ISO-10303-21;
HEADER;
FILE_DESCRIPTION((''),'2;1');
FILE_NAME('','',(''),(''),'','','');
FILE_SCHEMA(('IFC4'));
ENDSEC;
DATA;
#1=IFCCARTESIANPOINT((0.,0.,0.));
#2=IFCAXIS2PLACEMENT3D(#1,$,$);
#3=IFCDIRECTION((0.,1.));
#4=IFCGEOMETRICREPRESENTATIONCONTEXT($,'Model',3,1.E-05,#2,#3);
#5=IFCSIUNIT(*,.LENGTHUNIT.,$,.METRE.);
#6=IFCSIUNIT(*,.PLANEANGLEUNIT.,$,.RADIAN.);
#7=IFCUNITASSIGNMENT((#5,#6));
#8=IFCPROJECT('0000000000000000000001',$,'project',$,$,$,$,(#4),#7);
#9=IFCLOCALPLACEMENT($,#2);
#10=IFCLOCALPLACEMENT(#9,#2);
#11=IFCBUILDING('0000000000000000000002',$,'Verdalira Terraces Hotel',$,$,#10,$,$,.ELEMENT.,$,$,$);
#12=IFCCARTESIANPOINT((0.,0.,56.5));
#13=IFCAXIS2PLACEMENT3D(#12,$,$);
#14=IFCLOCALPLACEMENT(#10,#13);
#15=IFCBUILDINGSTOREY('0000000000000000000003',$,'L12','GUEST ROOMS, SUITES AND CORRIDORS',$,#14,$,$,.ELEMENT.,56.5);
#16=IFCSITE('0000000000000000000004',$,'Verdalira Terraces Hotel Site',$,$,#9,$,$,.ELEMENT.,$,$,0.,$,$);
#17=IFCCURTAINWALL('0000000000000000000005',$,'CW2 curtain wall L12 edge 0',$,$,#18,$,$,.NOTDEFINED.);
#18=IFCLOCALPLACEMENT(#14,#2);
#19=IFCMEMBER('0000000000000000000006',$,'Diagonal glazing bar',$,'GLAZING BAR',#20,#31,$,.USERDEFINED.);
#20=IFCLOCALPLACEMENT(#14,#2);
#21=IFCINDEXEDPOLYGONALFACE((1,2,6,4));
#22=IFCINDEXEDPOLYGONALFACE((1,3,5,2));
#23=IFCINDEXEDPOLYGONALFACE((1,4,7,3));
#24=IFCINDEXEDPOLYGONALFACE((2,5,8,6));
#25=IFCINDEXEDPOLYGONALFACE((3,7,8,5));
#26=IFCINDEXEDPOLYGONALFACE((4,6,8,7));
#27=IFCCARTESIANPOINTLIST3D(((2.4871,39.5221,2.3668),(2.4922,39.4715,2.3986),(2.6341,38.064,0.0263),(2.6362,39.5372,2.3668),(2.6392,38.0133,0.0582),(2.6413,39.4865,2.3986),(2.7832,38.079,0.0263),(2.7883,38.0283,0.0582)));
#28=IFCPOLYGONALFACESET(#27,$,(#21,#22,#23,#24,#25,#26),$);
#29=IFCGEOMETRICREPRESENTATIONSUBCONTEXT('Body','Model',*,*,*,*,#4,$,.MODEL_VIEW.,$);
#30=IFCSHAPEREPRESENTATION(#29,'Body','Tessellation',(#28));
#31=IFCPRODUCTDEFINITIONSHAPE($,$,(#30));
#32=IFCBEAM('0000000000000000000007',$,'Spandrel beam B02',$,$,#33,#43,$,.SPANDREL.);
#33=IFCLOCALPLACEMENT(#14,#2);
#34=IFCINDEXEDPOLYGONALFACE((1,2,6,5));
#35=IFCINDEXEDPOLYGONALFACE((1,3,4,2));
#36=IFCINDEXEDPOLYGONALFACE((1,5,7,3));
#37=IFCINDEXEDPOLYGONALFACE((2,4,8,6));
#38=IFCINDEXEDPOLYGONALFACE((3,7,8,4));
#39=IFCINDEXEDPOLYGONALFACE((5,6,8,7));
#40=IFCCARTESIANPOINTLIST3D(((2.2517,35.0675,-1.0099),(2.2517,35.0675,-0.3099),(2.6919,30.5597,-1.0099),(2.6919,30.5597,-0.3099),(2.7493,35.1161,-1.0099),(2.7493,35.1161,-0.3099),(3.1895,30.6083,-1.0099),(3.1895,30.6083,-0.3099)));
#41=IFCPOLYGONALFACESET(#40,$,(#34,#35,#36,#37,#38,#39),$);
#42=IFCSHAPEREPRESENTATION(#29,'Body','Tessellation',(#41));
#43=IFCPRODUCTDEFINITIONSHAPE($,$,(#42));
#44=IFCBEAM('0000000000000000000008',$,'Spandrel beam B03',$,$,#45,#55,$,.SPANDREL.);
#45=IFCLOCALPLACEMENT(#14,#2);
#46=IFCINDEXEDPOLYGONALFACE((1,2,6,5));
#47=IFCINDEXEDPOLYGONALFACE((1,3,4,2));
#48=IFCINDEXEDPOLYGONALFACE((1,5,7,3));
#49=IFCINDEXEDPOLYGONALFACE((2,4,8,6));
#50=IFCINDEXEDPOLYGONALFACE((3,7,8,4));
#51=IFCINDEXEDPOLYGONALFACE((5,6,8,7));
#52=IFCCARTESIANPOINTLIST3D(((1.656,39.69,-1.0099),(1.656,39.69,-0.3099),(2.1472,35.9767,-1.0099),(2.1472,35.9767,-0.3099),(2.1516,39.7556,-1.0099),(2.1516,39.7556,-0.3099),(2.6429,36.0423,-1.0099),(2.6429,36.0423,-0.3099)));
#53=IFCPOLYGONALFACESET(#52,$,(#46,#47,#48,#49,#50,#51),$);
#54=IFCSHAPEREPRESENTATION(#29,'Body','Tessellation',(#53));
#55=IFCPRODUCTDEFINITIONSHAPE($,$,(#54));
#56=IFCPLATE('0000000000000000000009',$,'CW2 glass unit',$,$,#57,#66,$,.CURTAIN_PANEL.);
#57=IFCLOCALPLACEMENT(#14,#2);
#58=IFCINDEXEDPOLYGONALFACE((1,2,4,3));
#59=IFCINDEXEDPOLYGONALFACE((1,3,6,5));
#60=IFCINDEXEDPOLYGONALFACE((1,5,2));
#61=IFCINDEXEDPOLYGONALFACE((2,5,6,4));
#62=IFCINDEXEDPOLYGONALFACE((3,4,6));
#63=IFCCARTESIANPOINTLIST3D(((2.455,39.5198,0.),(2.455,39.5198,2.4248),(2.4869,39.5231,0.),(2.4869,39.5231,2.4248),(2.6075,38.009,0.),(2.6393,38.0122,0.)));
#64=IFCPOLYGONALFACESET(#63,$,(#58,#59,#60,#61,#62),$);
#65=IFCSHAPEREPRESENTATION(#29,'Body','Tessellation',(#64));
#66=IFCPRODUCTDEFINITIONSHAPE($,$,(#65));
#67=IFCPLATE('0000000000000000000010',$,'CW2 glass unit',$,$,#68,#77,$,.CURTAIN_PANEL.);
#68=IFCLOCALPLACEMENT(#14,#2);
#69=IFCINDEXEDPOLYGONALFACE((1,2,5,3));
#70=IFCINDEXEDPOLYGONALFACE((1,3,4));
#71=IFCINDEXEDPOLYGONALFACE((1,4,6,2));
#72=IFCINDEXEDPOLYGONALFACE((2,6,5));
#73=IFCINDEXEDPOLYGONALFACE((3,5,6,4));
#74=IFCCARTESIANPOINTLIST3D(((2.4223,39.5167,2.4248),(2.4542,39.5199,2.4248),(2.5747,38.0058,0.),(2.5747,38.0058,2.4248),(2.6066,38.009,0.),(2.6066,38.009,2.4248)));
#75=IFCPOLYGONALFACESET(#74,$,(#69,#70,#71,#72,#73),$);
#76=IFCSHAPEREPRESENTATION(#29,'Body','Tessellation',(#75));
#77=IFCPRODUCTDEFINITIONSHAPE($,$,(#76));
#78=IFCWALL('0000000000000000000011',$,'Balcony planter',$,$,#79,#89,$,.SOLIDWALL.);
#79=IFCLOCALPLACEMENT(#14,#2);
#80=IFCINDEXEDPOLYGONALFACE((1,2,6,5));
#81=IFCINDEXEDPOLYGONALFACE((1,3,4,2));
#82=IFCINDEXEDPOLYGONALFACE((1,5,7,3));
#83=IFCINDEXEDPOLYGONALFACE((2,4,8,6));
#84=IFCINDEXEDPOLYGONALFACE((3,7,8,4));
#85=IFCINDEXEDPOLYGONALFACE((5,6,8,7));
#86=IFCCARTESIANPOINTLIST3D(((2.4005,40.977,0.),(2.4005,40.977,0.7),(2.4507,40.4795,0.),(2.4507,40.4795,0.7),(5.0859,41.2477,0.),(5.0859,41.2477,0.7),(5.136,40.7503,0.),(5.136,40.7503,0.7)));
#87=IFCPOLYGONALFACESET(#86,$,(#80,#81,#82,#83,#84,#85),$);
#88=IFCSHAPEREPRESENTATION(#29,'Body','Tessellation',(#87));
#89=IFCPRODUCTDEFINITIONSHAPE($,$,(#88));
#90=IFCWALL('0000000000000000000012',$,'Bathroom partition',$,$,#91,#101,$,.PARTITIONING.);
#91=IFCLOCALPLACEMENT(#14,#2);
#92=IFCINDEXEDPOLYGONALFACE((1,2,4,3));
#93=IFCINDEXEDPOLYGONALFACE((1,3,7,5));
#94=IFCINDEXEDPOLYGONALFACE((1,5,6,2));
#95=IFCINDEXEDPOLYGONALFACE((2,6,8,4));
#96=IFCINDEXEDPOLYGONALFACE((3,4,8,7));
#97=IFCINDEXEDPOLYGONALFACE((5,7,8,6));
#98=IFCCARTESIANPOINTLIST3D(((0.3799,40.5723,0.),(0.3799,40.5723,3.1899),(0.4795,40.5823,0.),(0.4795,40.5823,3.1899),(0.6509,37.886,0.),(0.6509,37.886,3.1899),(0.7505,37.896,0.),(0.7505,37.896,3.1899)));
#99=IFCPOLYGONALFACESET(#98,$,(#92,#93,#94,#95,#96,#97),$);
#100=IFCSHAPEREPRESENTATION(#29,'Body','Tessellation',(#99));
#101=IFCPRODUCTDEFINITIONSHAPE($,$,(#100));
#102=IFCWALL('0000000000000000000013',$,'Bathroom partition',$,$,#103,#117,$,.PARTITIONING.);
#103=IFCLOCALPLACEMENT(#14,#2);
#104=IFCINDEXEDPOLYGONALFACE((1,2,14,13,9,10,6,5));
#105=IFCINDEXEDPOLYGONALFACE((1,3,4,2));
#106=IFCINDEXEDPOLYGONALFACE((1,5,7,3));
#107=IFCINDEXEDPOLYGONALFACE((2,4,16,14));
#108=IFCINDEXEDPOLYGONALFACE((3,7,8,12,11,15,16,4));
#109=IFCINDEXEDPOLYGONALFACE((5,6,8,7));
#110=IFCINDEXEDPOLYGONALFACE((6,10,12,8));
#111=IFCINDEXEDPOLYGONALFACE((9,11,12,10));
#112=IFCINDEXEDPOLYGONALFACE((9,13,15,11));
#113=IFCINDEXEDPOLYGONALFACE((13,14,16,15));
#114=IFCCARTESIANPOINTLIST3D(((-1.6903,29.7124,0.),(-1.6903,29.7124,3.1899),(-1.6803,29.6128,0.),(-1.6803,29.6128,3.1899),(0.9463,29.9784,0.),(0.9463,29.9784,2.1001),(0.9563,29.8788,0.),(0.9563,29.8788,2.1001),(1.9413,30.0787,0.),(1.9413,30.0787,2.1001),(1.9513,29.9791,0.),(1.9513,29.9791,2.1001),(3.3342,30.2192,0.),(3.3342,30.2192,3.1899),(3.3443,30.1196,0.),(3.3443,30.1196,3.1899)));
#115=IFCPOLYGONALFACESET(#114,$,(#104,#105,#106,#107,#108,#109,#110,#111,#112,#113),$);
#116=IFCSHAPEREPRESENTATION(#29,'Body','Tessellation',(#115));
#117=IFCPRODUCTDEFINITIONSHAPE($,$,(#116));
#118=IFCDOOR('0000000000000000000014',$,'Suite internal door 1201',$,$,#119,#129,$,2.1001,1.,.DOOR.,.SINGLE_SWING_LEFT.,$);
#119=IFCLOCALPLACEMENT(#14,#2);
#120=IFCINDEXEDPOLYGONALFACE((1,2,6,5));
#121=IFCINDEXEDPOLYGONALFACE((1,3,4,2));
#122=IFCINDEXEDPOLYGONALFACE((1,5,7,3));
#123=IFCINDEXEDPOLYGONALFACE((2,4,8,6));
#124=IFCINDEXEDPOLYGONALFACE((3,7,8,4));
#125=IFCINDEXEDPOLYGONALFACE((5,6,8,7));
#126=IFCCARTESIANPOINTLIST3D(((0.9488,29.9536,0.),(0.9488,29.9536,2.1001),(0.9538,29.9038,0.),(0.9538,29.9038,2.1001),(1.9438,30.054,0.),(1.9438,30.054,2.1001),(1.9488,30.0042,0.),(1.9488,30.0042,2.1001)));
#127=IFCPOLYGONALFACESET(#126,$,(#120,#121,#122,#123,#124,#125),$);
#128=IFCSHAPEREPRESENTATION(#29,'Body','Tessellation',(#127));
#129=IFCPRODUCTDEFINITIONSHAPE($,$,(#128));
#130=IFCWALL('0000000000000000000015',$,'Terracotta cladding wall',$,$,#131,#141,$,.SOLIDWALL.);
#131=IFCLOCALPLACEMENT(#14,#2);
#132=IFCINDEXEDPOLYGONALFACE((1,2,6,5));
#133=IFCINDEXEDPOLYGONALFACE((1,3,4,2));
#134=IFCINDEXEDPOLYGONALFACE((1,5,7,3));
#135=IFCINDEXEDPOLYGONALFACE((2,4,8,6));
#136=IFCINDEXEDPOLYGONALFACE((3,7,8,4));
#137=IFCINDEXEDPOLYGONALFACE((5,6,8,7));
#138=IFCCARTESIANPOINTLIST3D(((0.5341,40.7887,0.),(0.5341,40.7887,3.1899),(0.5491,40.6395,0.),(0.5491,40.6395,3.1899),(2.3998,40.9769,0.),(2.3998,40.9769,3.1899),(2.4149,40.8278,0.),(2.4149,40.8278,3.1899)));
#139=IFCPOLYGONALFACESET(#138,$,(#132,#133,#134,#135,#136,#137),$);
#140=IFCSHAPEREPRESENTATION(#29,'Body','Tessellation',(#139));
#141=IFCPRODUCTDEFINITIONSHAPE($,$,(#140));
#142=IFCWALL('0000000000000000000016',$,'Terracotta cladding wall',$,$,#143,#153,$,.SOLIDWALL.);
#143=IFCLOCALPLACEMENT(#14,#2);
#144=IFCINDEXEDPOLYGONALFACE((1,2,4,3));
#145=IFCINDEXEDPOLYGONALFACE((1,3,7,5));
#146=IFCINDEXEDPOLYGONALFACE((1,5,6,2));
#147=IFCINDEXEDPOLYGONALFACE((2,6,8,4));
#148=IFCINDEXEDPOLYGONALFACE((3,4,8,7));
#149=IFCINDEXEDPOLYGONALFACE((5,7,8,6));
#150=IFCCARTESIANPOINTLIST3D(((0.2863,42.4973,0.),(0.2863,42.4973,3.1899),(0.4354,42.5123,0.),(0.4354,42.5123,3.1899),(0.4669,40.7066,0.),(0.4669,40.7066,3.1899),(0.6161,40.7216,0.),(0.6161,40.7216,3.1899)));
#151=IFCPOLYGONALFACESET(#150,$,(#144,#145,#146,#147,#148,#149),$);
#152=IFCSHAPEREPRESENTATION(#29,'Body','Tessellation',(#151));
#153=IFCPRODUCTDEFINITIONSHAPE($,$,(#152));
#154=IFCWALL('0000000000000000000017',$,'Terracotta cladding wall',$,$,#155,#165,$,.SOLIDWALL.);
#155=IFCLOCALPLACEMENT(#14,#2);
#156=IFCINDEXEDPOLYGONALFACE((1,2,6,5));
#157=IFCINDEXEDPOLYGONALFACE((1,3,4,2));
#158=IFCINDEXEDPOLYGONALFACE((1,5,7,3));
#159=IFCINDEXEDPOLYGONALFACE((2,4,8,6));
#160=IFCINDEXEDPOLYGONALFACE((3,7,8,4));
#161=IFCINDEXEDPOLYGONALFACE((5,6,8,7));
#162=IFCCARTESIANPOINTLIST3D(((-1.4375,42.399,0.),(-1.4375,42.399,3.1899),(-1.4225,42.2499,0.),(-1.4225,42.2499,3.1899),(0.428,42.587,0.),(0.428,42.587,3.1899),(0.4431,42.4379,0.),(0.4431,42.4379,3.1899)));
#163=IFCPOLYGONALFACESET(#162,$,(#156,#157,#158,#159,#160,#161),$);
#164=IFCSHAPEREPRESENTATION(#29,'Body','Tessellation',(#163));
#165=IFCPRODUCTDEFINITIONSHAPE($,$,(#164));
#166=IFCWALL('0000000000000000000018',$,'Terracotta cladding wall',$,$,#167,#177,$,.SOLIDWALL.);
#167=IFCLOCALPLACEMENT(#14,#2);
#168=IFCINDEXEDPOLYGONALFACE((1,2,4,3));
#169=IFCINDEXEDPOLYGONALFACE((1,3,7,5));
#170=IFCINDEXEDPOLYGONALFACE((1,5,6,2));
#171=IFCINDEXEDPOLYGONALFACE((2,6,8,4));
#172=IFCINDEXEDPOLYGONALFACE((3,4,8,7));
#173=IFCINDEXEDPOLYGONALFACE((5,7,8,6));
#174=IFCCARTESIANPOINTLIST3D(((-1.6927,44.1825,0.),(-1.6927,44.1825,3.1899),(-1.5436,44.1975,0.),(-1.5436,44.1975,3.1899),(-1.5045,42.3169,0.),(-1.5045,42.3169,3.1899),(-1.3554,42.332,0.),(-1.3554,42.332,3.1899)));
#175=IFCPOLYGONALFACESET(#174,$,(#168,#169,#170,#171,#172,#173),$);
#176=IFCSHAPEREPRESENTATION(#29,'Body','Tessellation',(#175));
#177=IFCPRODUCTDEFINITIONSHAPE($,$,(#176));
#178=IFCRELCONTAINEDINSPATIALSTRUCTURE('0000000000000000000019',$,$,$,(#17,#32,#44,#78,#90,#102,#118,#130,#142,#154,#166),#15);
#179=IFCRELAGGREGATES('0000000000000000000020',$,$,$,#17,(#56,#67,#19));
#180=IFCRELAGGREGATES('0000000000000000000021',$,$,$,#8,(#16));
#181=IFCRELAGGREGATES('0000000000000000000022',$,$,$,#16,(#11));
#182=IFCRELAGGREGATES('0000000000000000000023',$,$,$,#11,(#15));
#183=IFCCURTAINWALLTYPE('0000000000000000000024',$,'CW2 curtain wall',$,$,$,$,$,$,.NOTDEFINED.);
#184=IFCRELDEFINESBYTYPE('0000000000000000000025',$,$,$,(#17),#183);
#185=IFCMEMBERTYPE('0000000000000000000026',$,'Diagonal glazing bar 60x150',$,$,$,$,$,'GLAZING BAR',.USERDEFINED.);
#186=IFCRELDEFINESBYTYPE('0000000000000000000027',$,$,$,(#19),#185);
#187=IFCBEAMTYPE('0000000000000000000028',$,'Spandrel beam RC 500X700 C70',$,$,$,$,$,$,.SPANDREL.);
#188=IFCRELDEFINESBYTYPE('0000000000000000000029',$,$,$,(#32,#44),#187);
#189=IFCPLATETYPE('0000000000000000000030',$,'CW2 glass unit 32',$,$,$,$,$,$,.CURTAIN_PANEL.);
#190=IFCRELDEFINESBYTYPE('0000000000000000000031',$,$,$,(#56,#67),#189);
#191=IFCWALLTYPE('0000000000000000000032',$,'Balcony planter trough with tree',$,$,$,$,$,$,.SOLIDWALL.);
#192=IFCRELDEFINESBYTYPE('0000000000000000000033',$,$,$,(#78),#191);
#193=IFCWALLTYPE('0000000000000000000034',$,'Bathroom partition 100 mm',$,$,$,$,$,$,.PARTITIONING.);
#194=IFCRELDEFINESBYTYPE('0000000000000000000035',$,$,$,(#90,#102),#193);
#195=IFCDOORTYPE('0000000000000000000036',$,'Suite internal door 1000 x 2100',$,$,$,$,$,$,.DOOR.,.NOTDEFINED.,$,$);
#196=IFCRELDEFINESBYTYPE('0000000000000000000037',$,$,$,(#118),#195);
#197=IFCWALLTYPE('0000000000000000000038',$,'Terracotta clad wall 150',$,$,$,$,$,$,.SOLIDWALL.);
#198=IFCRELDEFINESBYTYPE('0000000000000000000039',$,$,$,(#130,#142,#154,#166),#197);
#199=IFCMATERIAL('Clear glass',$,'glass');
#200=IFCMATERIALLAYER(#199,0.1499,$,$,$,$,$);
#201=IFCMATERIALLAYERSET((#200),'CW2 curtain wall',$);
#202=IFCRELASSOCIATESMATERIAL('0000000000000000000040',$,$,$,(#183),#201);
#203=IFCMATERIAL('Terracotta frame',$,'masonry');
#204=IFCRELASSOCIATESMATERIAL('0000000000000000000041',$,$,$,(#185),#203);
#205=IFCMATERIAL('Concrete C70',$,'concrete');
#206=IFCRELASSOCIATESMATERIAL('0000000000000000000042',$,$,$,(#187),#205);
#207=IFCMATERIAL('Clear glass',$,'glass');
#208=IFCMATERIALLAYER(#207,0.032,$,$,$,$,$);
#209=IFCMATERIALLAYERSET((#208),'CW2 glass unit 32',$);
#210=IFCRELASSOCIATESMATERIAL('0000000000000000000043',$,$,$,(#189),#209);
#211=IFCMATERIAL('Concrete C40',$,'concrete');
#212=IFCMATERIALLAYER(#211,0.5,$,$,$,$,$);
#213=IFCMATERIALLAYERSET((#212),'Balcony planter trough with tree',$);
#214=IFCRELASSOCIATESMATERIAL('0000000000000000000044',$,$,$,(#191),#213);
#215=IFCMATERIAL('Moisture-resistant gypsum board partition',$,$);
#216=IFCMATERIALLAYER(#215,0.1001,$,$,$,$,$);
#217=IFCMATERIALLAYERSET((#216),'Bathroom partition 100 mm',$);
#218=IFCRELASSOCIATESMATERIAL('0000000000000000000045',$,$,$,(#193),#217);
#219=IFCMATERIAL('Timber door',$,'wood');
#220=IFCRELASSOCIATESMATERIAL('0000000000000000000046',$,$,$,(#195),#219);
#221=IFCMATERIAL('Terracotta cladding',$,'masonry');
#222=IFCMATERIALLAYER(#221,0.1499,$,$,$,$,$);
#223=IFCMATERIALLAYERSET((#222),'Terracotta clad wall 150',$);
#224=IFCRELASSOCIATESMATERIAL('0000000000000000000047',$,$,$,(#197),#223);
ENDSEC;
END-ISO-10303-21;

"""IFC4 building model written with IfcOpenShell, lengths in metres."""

from ifc_helpers import new_model, si_unit, direction, frame, frame_2d, origin, origin_2d, place, context, subcontext, project, spatial, polyline, rectangle, outline, extrude, material, layer, layer_set, material_profile, profile_set, type_object, element, fill, aggregate, save


model = new_model("IFC4")

# Units and contexts
model_context = context("Model", 3, precision=1e-05, world=origin(), true_north=direction((0.0, 1.0)))
body_context = subcontext(model_context, "Body", "Model", "MODEL_VIEW")
ifc_project = project(units=[si_unit("LENGTHUNIT", "METRE"), si_unit("PLANEANGLEUNIT", "RADIAN")], contexts=[model_context])

# Site, building, storey
site_placement = place(None, origin())
site = spatial("IfcSite", under=ifc_project, at=site_placement, Name="Verdalira Terraces Hotel Site", CompositionType="ELEMENT", RefElevation=0.0)
building_placement = place(site_placement, origin())
building = spatial("IfcBuilding", under=site, at=building_placement, Name="Verdalira Terraces Hotel", CompositionType="ELEMENT")
storey_placement = place(building_placement, frame((0.0, 0.0, 56.5)))
storey = spatial("IfcBuildingStorey", under=building, at=storey_placement, Name="L12", Description="GUEST ROOMS, SUITES AND CORRIDORS", CompositionType="ELEMENT", Elevation=56.5)

# Curtain wall
ifc_material_1 = material(Name="Clear glass", Category="glass")
ifc_layer_1 = layer(ifc_material_1, 0.1499)
ifc_layer_set_1 = layer_set([ifc_layer_1], Name="CW2 curtain wall")
curtain_wall_type_1 = type_object("IfcCurtainWallType", Name="CW2 curtain wall", PredefinedType="NOTDEFINED", material=ifc_layer_set_1)
curtain_wall_1_placement = place(storey_placement, origin())
curtain_wall_1 = element("IfcCurtainWall", 1, at=curtain_wall_1_placement, inside=storey, type_object=curtain_wall_type_1, Name="CW2 curtain wall L12 edge 0", PredefinedType="NOTDEFINED")

# Member
ifc_material_2 = material(Name="Terracotta frame", Category="masonry")
ifc_material_profile_1 = material_profile(ifc_material_2, rectangle(XDim=0.1499, YDim=0.0601, at=origin_2d()), Name="GB 60x150")
ifc_profile_set_1 = profile_set([ifc_material_profile_1], Name="Terracotta frame")
member_type_1 = type_object("IfcMemberType", Name="Diagonal glazing bar 60x150", ElementType="GLAZING BAR", PredefinedType="USERDEFINED", material=ifc_profile_set_1)
member_1_placement = place(storey_placement, frame((2.7112, 38.0461, 0.0422), z_axis=(-0.05322, 0.528047, 0.847546), x_axis=(-0.994959, -0.100279, 0.0)))
member_1 = element("IfcMember", 2, at=member_1_placement, type_object=member_type_1, Name="Diagonal glazing bar", ObjectType="GLAZING BAR", PredefinedType="USERDEFINED", context=body_context, shape_type="SweptSolid", body=[
    extrude(rectangle(XDim=0.1499, YDim=0.0601, at=origin_2d()), origin(), (0.0, 0.0, 1.0), 2.7615),
])

# Beams
ifc_material_3 = material(Name="Concrete C70", Category="concrete")
ifc_material_profile_2 = material_profile(ifc_material_3, rectangle(XDim=0.5, YDim=0.7, at=origin_2d()), Name="RC 500X700")
ifc_profile_set_2 = profile_set([ifc_material_profile_2], Name="Concrete C70")
beam_type_1 = type_object("IfcBeamType", Name="Spandrel beam RC 500X700 C70", PredefinedType="SPANDREL", material=ifc_profile_set_2)
beam_1_placement = place(storey_placement, frame((2.9407, 30.584, -0.6599), z_axis=(-0.097187, 0.995266, 0.0), x_axis=(-0.995266, -0.097187, 0.0)))
element("IfcBeam", 3, at=beam_1_placement, inside=storey, type_object=beam_type_1, Name="Spandrel beam B02", PredefinedType="SPANDREL", context=body_context, shape_type="SweptSolid", body=[
    extrude(rectangle(XDim=0.5, YDim=0.7, at=origin_2d()), origin(), (0.0, 0.0, 1.0), 4.5293),
])
beam_2_placement = place(storey_placement, frame((2.395, 36.0095, -0.6599), z_axis=(-0.131147, 0.991363, 0.0), x_axis=(-0.991363, -0.131147, 0.0)))
element("IfcBeam", 4, at=beam_2_placement, inside=storey, type_object=beam_type_1, Name="Spandrel beam B03", PredefinedType="SPANDREL", context=body_context, shape_type="SweptSolid", body=[
    extrude(rectangle(XDim=0.5, YDim=0.7, at=origin_2d()), origin(), (0.0, 0.0, 1.0), 3.7456),
])

# Plates
ifc_material_4 = material(Name="Clear glass", Category="glass")
ifc_layer_2 = layer(ifc_material_4, 0.032)
ifc_layer_set_2 = layer_set([ifc_layer_2], Name="CW2 glass unit 32")
plate_type = type_object("IfcPlateType", Name="CW2 glass unit 32", PredefinedType="CURTAIN_PANEL", material=ifc_layer_set_2)
plate_1_placement = place(storey_placement, frame((2.5312, 38.7644, 1.2124), z_axis=(0.994951, 0.100362, 0.0), x_axis=(-0.100362, 0.994951, 0.0)))
plate_1 = element("IfcPlate", 5, at=plate_1_placement, type_object=plate_type, Name="CW2 glass unit", PredefinedType="CURTAIN_PANEL", context=body_context, shape_type="SweptSolid", body=[
    extrude(outline(polyline([(-0.7593, -1.2124), (0.7593, -1.2124), (0.7593, 1.2124), (-0.7593, -1.2124)])), origin(), (0.0, 0.0, 1.0), 0.032),
])
plate_2_placement = place(storey_placement, frame((2.4985, 38.7612, 1.2124), z_axis=(0.994951, 0.100362, 0.0), x_axis=(-0.100362, 0.994951, 0.0)))
plate_2 = element("IfcPlate", 6, at=plate_2_placement, type_object=plate_type, Name="CW2 glass unit", PredefinedType="CURTAIN_PANEL", context=body_context, shape_type="SweptSolid", body=[
    extrude(outline(polyline([(-0.7593, -1.2124), (0.7593, 1.2124), (-0.7593, 1.2124), (-0.7593, -1.2124)])), origin(), (0.0, 0.0, 1.0), 0.032),
])
aggregate(curtain_wall_1, [plate_1, plate_2, member_1])

# Walls
ifc_material_5 = material(Name="Concrete C40", Category="concrete")
ifc_layer_3 = layer(ifc_material_5, 0.5)
ifc_layer_set_3 = layer_set([ifc_layer_3], Name="Balcony planter trough with tree")
wall_type_1 = type_object("IfcWallType", Name="Balcony planter trough with tree", PredefinedType="SOLIDWALL", material=ifc_layer_set_3)
wall_1_placement = place(storey_placement, frame((5.1111, 40.999, 0.0), z_axis=(0.0, 0.0, 1.0), x_axis=(-0.994955, -0.100319, 0.0)))
element("IfcWall", 7, at=wall_1_placement, inside=storey, type_object=wall_type_1, Name="Balcony planter", PredefinedType="SOLIDWALL", context=body_context, shape_type="SweptSolid", body=[
    extrude(rectangle(XDim=2.699, YDim=0.5, at=frame_2d((1.3496, 0.0))), origin(), (0.0, 0.0, 1.0), 0.7),
])
ifc_material_6 = material(Name="Moisture-resistant gypsum board partition")
ifc_layer_4 = layer(ifc_material_6, 0.1001)
ifc_layer_set_4 = layer_set([ifc_layer_4], Name="Bathroom partition 100 mm")
wall_type_2 = type_object("IfcWallType", Name="Bathroom partition 100 mm", PredefinedType="PARTITIONING", material=ifc_layer_set_4)
wall_2_placement = place(storey_placement, frame((0.7007, 37.8909, 0.0), z_axis=(0.0, 0.0, 1.0), x_axis=(-0.100372, 0.99495, 0.0)))
element("IfcWall", 8, at=wall_2_placement, inside=storey, type_object=wall_type_2, Name="Bathroom partition", PredefinedType="PARTITIONING", context=body_context, shape_type="SweptSolid", body=[
    extrude(rectangle(XDim=2.7, YDim=0.1001, at=frame_2d((1.3501, 0.0))), origin(), (0.0, 0.0, 1.0), 3.1899),
])

# Wall, opening, door
wall_3_placement = place(storey_placement, frame((3.3391, 30.1694, 0.0), z_axis=(0.0, 0.0, 1.0), x_axis=(-0.994951, -0.10036, 0.0)))
wall_3 = element("IfcWall", 9, at=wall_3_placement, inside=storey, type_object=wall_type_2, Name="Bathroom partition", PredefinedType="PARTITIONING", context=body_context, shape_type="SweptSolid", body=[
    extrude(rectangle(XDim=5.05, YDim=0.1001, at=frame_2d((2.5249, 0.0))), origin(), (0.0, 0.0, 1.0), 3.1899),
])
opening_1_placement = place(wall_3_placement, frame((1.3999, 0.0, 0.0)))
opening_1 = element("IfcOpeningElement", 10, at=opening_1_placement, cuts=wall_3, PredefinedType="OPENING", context=body_context, shape_type="SweptSolid", body=[
    extrude(rectangle(XDim=1.0, YDim=2.1001, at=frame_2d((0.5, 1.05))), frame((0.0, 0.0601, 0.0), z_axis=(0.0, -1.0, 0.0), x_axis=(1.0, 0.0, 0.0)), (0.0, 0.0, 1.0), 0.1201),
])
ifc_material_7 = material(Name="Timber door", Category="wood")
door_type_1 = type_object("IfcDoorType", Name="Suite internal door 1000 x 2100", OperationType="NOTDEFINED", PredefinedType="DOOR", material=ifc_material_7)
door_1_placement = place(opening_1_placement, origin())
door_1 = element("IfcDoor", 11, at=door_1_placement, inside=storey, type_object=door_type_1, Name="Suite internal door 1201", OperationType="SINGLE_SWING_LEFT", OverallHeight=2.1001, OverallWidth=1.0, PredefinedType="DOOR", context=body_context, shape_type="SweptSolid", body=[
    extrude(rectangle(XDim=1.0, YDim=2.1001, at=frame_2d((0.5, 1.05))), frame((0.0, 0.0249, 0.0), z_axis=(0.0, -1.0, 0.0), x_axis=(1.0, 0.0, 0.0)), (0.0, 0.0, 1.0), 0.05),
])
fill(opening_1, door_1)

# Walls
ifc_material_8 = material(Name="Terracotta cladding", Category="masonry")
ifc_layer_5 = layer(ifc_material_8, 0.1499)
ifc_layer_set_5 = layer_set([ifc_layer_5], Name="Terracotta clad wall 150")
wall_type_3 = type_object("IfcWallType", Name="Terracotta clad wall 150", PredefinedType="SOLIDWALL", material=ifc_layer_set_5)
wall_4_placement = place(storey_placement, frame((2.4072, 40.9023, 0.0), z_axis=(0.0, 0.0, 1.0), x_axis=(-0.994949, -0.10038, 0.0)))
element("IfcWall", 12, at=wall_4_placement, inside=storey, type_object=wall_type_3, Name="Terracotta cladding wall", PredefinedType="SOLIDWALL", context=body_context, shape_type="SweptSolid", body=[
    extrude(rectangle(XDim=1.8752, YDim=0.1499, at=frame_2d((0.9375, 0.0))), origin(), (0.0, 0.0, 1.0), 3.1899),
])
wall_5_placement = place(storey_placement, frame((0.5415, 40.7141, 0.0), z_axis=(0.0, 0.0, 1.0), x_axis=(-0.100377, 0.99495, 0.0)))
element("IfcWall", 13, at=wall_5_placement, inside=storey, type_object=wall_type_3, Name="Terracotta cladding wall", PredefinedType="SOLIDWALL", context=body_context, shape_type="SweptSolid", body=[
    extrude(rectangle(XDim=1.7998, YDim=0.1499, at=frame_2d((0.8999, 0.0))), origin(), (0.0, 0.0, 1.0), 3.1899),
])
for number, where, z_axis, x_axis, name in (
    (14, (0.4355, 42.5125, 0.0), (0.0, 0.0, 1.0), (-0.994961, -0.100264, 0.0), "Terracotta cladding wall"),
    (15, (-1.4299, 42.3245, 0.0), (0.0, 0.0, 1.0), (-0.100393, 0.994948, 0.0), "Terracotta cladding wall"),
):
    element("IfcWall", number, at=place(storey_placement, frame(where, z_axis=z_axis, x_axis=x_axis)), inside=storey, type_object=wall_type_3, Name=name, PredefinedType="SOLIDWALL", context=body_context, shape_type="SweptSolid", body=[
        extrude(rectangle(XDim=1.875, YDim=0.1499, at=frame_2d((0.9375, 0.0))), origin(), (0.0, 0.0, 1.0), 3.1899),
    ])

save(model, "model.ifc")
